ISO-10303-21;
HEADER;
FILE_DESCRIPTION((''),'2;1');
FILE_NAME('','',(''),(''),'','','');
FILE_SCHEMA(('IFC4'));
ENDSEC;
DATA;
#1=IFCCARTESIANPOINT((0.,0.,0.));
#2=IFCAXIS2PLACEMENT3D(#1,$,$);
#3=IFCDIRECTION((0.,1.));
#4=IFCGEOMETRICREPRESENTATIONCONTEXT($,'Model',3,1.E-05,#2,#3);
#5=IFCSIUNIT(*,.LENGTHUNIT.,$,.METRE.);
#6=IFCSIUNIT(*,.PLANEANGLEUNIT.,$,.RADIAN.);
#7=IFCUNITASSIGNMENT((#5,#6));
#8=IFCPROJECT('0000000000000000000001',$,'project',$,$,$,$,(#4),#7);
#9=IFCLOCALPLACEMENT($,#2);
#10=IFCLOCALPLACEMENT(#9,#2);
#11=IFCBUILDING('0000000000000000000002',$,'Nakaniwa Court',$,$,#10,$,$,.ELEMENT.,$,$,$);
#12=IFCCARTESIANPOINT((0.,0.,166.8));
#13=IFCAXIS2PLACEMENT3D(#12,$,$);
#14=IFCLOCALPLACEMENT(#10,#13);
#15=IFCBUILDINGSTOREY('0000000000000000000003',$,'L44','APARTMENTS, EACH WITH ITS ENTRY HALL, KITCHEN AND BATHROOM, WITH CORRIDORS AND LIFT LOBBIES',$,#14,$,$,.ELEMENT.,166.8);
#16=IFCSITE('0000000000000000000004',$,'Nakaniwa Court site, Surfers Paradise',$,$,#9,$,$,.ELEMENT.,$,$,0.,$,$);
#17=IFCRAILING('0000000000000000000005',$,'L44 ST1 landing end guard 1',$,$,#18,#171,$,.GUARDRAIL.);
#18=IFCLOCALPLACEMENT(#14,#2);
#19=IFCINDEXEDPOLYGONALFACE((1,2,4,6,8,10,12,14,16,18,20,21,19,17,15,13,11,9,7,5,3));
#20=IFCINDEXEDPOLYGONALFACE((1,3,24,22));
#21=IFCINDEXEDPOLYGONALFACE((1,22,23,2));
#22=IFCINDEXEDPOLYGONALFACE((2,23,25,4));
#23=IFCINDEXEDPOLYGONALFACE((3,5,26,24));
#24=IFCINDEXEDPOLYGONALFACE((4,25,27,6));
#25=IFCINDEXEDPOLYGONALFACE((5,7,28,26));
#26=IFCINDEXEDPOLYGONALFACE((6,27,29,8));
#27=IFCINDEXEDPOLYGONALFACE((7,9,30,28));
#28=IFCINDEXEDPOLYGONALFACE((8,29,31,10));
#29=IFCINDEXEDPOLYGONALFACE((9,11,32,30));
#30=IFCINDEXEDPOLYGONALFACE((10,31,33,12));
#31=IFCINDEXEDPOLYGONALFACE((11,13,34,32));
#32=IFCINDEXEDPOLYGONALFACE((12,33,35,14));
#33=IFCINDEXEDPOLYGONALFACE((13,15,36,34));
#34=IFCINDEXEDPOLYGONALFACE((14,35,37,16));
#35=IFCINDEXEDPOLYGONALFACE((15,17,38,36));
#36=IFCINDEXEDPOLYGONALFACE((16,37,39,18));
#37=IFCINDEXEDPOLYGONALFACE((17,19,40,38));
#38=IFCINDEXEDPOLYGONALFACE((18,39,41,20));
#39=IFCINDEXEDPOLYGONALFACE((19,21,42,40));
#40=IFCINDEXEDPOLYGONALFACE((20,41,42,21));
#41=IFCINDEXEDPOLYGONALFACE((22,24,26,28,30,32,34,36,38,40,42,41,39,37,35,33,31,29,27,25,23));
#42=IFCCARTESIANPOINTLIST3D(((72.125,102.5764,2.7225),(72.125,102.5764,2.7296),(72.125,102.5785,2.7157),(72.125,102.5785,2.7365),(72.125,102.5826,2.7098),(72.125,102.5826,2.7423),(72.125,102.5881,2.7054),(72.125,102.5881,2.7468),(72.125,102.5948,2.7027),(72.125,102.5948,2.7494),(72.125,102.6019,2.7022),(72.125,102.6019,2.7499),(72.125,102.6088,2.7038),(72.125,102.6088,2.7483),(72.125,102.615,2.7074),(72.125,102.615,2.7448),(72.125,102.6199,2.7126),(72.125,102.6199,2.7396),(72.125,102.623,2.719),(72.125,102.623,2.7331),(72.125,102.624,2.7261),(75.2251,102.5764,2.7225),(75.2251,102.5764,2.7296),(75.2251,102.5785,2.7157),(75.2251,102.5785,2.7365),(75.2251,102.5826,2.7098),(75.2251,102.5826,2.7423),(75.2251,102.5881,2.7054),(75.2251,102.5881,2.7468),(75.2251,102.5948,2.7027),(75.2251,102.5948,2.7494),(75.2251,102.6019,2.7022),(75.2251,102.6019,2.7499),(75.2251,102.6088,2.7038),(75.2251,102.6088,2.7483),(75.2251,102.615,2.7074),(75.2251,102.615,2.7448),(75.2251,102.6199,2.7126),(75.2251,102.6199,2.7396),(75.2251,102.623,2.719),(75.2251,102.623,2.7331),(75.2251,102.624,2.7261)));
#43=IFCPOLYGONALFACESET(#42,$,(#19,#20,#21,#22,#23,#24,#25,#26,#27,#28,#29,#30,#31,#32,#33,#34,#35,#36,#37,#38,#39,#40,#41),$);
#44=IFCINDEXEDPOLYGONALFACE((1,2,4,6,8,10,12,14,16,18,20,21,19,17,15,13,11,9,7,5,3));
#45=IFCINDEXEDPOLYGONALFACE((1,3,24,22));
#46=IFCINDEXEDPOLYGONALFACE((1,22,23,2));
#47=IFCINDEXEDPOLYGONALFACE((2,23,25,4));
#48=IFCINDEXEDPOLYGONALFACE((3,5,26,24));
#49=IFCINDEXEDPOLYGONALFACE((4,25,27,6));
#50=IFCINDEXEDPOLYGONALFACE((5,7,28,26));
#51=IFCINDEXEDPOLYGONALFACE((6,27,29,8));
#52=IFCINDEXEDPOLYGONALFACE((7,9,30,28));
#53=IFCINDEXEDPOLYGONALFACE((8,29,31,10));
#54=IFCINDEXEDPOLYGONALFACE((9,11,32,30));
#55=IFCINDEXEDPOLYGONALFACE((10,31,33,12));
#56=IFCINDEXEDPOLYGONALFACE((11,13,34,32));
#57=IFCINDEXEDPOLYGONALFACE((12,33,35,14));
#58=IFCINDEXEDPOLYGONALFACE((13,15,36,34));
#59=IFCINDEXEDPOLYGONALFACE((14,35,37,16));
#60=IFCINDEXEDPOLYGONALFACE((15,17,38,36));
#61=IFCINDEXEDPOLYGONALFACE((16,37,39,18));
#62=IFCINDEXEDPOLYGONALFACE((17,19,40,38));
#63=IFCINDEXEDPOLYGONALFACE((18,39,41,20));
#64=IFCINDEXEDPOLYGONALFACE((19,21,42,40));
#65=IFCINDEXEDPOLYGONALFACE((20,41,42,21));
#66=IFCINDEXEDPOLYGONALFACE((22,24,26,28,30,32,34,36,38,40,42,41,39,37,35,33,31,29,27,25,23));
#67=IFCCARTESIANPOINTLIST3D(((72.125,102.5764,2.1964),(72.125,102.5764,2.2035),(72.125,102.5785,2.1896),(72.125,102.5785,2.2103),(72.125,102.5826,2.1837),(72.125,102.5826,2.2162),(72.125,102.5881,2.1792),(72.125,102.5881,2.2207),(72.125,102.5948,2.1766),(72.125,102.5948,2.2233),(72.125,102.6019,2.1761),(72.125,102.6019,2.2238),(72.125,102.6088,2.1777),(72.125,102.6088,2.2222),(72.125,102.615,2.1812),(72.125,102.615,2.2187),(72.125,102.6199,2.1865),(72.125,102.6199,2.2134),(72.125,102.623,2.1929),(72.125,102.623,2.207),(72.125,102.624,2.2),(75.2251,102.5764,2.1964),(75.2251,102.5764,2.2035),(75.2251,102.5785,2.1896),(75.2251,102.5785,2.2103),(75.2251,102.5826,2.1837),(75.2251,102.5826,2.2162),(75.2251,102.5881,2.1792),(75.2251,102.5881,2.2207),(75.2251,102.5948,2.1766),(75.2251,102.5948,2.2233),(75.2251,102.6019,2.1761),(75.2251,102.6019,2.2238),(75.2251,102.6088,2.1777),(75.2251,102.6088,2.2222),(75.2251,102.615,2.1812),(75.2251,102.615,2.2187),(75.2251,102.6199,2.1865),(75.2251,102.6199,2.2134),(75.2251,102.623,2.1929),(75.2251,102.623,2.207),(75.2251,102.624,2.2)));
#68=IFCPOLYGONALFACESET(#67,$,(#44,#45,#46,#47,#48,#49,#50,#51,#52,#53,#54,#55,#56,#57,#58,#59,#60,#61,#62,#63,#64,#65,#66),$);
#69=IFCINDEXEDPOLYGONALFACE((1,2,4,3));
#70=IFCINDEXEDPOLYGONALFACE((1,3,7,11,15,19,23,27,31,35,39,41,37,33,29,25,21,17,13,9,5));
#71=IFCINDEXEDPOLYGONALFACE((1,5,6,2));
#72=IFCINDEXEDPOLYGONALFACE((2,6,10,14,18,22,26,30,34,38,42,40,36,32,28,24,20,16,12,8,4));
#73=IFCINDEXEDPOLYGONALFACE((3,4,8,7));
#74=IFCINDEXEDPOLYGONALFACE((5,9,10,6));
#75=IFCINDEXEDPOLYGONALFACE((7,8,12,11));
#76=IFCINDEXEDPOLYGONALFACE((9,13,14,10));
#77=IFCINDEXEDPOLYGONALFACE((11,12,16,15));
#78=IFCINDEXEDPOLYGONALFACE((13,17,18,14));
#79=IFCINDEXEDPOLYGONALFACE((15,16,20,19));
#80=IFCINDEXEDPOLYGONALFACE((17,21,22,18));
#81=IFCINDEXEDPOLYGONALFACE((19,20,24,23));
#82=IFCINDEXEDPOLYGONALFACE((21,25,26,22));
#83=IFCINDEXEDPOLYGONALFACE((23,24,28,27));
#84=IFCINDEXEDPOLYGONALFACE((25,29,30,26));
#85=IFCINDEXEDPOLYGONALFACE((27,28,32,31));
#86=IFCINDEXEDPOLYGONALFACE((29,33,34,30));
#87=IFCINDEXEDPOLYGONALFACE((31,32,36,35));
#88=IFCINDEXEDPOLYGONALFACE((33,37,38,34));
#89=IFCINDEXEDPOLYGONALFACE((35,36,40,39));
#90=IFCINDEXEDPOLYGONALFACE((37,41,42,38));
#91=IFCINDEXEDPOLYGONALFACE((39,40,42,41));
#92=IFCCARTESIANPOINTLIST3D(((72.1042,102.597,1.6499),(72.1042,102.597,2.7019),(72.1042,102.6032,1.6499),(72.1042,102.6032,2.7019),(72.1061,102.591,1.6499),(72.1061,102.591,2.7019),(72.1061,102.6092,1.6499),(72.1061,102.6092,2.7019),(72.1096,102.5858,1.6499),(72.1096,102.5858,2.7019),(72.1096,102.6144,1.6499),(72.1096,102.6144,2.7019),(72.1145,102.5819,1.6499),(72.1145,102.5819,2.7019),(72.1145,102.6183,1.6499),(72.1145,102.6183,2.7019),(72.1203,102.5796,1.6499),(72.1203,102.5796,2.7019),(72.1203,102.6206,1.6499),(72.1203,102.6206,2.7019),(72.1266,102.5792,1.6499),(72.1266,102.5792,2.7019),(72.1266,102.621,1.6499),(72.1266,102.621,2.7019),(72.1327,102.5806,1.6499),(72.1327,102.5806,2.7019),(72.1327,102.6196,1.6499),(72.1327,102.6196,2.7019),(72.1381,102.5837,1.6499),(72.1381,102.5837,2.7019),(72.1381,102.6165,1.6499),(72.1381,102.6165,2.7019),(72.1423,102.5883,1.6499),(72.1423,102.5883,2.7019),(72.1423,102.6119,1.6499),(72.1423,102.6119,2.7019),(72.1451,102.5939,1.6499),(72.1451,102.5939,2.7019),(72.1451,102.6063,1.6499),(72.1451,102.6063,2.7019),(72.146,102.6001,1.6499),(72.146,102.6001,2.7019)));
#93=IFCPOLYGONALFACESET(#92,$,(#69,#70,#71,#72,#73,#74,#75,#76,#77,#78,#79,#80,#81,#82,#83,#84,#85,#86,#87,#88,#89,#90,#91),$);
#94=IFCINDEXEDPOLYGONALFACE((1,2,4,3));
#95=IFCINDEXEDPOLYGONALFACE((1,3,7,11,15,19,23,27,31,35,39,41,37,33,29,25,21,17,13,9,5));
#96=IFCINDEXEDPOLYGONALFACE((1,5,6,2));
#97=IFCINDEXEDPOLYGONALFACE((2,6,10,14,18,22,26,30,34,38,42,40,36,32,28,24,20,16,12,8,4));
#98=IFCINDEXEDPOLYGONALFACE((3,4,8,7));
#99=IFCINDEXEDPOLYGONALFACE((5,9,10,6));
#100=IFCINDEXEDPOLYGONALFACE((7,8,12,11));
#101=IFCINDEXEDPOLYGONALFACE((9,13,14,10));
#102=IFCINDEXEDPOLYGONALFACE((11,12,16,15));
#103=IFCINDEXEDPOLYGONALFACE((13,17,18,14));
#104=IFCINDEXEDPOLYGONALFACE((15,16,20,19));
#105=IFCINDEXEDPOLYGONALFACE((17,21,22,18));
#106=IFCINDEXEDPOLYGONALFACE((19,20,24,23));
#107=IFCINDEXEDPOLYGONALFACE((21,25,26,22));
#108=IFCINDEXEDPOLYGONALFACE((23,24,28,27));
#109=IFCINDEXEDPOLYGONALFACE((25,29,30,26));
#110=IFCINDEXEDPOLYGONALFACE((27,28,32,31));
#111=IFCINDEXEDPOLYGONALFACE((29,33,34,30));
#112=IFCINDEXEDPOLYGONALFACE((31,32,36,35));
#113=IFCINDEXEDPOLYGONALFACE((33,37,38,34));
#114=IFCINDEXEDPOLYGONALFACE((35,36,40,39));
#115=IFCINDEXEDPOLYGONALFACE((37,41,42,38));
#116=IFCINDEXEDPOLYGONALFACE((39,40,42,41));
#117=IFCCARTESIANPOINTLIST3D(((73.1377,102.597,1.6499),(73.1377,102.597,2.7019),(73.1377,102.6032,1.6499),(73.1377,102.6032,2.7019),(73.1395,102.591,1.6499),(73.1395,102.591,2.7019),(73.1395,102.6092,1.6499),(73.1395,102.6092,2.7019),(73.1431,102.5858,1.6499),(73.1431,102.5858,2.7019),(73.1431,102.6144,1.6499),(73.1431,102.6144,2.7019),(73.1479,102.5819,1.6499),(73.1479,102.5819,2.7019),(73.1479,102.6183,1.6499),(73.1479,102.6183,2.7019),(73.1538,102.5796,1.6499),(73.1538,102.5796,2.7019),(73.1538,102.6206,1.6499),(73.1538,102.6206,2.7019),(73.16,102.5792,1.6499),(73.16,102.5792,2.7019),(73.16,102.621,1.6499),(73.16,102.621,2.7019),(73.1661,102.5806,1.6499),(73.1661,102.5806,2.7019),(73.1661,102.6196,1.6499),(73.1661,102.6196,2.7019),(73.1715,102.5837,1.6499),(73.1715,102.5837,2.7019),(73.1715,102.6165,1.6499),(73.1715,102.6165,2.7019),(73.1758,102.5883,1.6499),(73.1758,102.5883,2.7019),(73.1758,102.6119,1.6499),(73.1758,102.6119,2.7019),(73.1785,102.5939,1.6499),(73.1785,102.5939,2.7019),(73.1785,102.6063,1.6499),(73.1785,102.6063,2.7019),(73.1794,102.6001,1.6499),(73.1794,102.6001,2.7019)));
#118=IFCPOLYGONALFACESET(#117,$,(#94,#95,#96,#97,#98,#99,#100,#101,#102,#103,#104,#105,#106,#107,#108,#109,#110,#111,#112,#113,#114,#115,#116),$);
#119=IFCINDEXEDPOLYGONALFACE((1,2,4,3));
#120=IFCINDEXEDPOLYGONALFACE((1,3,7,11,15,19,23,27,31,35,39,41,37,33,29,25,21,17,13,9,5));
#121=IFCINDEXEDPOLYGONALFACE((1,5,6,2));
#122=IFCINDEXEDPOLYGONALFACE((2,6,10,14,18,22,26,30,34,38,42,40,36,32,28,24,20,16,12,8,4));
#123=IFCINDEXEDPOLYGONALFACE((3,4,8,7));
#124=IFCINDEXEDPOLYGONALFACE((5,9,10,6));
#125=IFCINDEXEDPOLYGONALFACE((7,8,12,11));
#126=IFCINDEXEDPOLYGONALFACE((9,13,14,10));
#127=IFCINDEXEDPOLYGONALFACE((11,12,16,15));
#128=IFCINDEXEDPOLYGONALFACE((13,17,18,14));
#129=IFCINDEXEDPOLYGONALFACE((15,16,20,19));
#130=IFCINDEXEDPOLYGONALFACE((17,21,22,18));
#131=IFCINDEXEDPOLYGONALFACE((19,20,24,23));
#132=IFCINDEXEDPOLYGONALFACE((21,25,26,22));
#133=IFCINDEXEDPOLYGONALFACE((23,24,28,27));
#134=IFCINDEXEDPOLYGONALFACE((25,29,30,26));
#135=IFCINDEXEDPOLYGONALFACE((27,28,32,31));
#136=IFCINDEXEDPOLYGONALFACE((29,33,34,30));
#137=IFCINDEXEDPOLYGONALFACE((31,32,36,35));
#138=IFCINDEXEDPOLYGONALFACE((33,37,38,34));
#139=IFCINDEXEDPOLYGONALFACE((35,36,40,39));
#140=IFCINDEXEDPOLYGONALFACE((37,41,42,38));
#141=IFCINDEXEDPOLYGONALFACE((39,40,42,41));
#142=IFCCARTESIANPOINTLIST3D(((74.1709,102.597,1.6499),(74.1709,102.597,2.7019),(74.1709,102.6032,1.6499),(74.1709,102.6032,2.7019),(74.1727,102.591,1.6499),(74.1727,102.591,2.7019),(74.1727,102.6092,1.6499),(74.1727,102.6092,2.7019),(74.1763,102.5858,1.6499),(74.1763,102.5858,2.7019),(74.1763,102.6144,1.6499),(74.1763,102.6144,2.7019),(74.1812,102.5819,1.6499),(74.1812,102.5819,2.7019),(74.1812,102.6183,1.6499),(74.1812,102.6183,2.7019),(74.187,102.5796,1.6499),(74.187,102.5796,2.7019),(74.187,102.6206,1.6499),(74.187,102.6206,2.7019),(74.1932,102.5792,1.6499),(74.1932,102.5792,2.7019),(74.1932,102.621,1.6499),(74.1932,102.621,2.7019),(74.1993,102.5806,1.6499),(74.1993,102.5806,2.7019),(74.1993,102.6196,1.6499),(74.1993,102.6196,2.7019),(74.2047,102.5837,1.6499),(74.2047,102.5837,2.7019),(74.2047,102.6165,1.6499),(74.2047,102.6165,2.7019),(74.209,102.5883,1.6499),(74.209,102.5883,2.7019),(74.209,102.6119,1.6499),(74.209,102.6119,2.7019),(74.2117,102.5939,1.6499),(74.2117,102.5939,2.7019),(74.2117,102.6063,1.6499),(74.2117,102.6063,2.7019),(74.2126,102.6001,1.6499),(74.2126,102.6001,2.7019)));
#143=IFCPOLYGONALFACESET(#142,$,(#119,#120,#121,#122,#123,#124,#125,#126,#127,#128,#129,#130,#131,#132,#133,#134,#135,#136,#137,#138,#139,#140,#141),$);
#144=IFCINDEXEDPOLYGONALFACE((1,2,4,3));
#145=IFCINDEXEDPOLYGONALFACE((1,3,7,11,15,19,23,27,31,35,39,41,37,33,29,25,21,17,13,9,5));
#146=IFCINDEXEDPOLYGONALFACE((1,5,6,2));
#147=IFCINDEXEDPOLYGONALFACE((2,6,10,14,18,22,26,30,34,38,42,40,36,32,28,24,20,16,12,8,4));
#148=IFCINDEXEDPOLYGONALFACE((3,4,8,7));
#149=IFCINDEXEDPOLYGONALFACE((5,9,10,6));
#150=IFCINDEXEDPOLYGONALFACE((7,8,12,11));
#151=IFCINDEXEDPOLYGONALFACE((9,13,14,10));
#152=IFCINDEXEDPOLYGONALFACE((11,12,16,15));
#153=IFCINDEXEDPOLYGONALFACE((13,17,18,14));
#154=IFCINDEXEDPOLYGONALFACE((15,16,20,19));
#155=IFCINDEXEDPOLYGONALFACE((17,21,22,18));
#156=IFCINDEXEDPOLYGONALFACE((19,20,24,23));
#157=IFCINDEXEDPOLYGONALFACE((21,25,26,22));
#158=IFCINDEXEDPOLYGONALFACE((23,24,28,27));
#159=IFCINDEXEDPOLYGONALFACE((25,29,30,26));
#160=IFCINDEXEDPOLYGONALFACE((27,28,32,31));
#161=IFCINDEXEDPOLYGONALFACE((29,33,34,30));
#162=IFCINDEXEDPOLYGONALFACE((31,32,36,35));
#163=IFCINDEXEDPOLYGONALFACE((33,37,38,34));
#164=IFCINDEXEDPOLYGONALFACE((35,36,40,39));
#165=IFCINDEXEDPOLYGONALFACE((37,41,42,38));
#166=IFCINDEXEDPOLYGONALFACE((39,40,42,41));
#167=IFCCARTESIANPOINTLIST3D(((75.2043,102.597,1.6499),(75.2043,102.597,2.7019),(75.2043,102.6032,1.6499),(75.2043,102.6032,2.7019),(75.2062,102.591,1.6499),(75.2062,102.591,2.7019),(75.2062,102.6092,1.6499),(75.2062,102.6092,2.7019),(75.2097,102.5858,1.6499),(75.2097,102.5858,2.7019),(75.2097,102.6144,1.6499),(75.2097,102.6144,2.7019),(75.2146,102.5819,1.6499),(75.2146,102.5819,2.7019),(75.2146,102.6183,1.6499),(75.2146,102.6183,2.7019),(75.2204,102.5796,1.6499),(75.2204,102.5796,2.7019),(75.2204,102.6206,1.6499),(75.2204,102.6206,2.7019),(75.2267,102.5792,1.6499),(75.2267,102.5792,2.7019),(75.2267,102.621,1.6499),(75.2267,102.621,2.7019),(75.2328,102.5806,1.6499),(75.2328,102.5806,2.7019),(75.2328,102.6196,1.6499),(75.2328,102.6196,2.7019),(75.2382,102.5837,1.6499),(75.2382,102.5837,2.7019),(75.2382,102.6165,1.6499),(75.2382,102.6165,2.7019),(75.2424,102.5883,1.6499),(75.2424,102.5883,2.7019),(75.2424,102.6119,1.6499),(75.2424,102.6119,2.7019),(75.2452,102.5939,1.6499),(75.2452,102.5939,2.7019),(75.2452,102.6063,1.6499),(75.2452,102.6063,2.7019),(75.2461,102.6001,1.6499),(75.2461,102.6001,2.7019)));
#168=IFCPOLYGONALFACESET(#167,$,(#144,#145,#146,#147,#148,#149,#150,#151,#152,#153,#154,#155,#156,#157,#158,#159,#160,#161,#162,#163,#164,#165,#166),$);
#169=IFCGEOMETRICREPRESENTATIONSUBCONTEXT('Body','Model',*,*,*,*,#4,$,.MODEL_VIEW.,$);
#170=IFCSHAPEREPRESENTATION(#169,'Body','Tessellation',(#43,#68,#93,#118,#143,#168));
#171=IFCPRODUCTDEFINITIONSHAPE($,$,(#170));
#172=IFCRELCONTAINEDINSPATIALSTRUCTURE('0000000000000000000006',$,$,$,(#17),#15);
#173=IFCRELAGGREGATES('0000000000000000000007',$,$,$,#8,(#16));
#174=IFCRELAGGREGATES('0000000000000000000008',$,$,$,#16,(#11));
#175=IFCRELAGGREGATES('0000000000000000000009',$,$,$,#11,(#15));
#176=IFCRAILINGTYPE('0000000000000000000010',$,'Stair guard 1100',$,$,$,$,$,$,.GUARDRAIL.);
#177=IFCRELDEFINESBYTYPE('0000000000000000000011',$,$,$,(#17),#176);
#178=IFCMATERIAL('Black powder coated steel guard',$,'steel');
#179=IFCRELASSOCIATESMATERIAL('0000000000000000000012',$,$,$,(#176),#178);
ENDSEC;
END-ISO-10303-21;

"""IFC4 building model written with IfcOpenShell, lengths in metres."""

from ifc_helpers import new_model, si_unit, direction, frame, origin, origin_2d, place, context, subcontext, project, spatial, circle, extrude, material, type_object, element, save


model = new_model("IFC4")

# Units and contexts
model_context = context("Model", 3, precision=1e-05, world=origin(), true_north=direction((0.0, 1.0)))
body_context = subcontext(model_context, "Body", "Model", "MODEL_VIEW")
ifc_project = project(units=[si_unit("LENGTHUNIT", "METRE"), si_unit("PLANEANGLEUNIT", "RADIAN")], contexts=[model_context])

# Site, building, storey
site_placement = place(None, origin())
site = spatial("IfcSite", under=ifc_project, at=site_placement, Name="Nakaniwa Court site, Surfers Paradise", CompositionType="ELEMENT", RefElevation=0.0)
building_placement = place(site_placement, origin())
building = spatial("IfcBuilding", under=site, at=building_placement, Name="Nakaniwa Court", CompositionType="ELEMENT")
storey_placement = place(building_placement, frame((0.0, 0.0, 166.8)))
storey = spatial("IfcBuildingStorey", under=building, at=storey_placement, Name="L44", Description="APARTMENTS, EACH WITH ITS ENTRY HALL, KITCHEN AND BATHROOM, WITH CORRIDORS AND LIFT LOBBIES", CompositionType="ELEMENT", Elevation=166.8)

# Railing
ifc_material_1 = material(Name="Black powder coated steel guard", Category="steel")
railing_type_1 = type_object("IfcRailingType", Name="Stair guard 1100", PredefinedType="GUARDRAIL", material=ifc_material_1)
railing_1_placement = place(storey_placement, frame((72.125, 102.6001, 1.6499)))
element("IfcRailing", 1, at=railing_1_placement, inside=storey, type_object=railing_type_1, Name="L44 ST1 landing end guard 1", PredefinedType="GUARDRAIL", context=body_context, shape_type="SweptSolid", body=[
    extrude(circle(Radius=0.0239, at=origin_2d()), frame((0.0, 0.0, 1.0762), z_axis=(1.0, 0.0, 0.0), x_axis=(0.0, 1.0, 0.0)), (0.0, 0.0, 1.0), 3.1001),
    extrude(circle(Radius=0.0239, at=origin_2d()), frame((0.0, 0.0, 0.55), z_axis=(1.0, 0.0, 0.0), x_axis=(0.0, 1.0, 0.0)), (0.0, 0.0, 1.0), 3.1001),
    extrude(circle(Radius=0.021, at=origin_2d()), origin(), (0.0, 0.0, 1.0), 1.052),
    extrude(circle(Radius=0.021, at=origin_2d()), frame((1.0334, 0.0, 0.0)), (0.0, 0.0, 1.0), 1.052),
    extrude(circle(Radius=0.021, at=origin_2d()), frame((2.0667, 0.0, 0.0)), (0.0, 0.0, 1.0), 1.052),
    extrude(circle(Radius=0.021, at=origin_2d()), frame((3.1001, 0.0, 0.0)), (0.0, 0.0, 1.0), 1.052),
])

save(model, "model.ifc")
